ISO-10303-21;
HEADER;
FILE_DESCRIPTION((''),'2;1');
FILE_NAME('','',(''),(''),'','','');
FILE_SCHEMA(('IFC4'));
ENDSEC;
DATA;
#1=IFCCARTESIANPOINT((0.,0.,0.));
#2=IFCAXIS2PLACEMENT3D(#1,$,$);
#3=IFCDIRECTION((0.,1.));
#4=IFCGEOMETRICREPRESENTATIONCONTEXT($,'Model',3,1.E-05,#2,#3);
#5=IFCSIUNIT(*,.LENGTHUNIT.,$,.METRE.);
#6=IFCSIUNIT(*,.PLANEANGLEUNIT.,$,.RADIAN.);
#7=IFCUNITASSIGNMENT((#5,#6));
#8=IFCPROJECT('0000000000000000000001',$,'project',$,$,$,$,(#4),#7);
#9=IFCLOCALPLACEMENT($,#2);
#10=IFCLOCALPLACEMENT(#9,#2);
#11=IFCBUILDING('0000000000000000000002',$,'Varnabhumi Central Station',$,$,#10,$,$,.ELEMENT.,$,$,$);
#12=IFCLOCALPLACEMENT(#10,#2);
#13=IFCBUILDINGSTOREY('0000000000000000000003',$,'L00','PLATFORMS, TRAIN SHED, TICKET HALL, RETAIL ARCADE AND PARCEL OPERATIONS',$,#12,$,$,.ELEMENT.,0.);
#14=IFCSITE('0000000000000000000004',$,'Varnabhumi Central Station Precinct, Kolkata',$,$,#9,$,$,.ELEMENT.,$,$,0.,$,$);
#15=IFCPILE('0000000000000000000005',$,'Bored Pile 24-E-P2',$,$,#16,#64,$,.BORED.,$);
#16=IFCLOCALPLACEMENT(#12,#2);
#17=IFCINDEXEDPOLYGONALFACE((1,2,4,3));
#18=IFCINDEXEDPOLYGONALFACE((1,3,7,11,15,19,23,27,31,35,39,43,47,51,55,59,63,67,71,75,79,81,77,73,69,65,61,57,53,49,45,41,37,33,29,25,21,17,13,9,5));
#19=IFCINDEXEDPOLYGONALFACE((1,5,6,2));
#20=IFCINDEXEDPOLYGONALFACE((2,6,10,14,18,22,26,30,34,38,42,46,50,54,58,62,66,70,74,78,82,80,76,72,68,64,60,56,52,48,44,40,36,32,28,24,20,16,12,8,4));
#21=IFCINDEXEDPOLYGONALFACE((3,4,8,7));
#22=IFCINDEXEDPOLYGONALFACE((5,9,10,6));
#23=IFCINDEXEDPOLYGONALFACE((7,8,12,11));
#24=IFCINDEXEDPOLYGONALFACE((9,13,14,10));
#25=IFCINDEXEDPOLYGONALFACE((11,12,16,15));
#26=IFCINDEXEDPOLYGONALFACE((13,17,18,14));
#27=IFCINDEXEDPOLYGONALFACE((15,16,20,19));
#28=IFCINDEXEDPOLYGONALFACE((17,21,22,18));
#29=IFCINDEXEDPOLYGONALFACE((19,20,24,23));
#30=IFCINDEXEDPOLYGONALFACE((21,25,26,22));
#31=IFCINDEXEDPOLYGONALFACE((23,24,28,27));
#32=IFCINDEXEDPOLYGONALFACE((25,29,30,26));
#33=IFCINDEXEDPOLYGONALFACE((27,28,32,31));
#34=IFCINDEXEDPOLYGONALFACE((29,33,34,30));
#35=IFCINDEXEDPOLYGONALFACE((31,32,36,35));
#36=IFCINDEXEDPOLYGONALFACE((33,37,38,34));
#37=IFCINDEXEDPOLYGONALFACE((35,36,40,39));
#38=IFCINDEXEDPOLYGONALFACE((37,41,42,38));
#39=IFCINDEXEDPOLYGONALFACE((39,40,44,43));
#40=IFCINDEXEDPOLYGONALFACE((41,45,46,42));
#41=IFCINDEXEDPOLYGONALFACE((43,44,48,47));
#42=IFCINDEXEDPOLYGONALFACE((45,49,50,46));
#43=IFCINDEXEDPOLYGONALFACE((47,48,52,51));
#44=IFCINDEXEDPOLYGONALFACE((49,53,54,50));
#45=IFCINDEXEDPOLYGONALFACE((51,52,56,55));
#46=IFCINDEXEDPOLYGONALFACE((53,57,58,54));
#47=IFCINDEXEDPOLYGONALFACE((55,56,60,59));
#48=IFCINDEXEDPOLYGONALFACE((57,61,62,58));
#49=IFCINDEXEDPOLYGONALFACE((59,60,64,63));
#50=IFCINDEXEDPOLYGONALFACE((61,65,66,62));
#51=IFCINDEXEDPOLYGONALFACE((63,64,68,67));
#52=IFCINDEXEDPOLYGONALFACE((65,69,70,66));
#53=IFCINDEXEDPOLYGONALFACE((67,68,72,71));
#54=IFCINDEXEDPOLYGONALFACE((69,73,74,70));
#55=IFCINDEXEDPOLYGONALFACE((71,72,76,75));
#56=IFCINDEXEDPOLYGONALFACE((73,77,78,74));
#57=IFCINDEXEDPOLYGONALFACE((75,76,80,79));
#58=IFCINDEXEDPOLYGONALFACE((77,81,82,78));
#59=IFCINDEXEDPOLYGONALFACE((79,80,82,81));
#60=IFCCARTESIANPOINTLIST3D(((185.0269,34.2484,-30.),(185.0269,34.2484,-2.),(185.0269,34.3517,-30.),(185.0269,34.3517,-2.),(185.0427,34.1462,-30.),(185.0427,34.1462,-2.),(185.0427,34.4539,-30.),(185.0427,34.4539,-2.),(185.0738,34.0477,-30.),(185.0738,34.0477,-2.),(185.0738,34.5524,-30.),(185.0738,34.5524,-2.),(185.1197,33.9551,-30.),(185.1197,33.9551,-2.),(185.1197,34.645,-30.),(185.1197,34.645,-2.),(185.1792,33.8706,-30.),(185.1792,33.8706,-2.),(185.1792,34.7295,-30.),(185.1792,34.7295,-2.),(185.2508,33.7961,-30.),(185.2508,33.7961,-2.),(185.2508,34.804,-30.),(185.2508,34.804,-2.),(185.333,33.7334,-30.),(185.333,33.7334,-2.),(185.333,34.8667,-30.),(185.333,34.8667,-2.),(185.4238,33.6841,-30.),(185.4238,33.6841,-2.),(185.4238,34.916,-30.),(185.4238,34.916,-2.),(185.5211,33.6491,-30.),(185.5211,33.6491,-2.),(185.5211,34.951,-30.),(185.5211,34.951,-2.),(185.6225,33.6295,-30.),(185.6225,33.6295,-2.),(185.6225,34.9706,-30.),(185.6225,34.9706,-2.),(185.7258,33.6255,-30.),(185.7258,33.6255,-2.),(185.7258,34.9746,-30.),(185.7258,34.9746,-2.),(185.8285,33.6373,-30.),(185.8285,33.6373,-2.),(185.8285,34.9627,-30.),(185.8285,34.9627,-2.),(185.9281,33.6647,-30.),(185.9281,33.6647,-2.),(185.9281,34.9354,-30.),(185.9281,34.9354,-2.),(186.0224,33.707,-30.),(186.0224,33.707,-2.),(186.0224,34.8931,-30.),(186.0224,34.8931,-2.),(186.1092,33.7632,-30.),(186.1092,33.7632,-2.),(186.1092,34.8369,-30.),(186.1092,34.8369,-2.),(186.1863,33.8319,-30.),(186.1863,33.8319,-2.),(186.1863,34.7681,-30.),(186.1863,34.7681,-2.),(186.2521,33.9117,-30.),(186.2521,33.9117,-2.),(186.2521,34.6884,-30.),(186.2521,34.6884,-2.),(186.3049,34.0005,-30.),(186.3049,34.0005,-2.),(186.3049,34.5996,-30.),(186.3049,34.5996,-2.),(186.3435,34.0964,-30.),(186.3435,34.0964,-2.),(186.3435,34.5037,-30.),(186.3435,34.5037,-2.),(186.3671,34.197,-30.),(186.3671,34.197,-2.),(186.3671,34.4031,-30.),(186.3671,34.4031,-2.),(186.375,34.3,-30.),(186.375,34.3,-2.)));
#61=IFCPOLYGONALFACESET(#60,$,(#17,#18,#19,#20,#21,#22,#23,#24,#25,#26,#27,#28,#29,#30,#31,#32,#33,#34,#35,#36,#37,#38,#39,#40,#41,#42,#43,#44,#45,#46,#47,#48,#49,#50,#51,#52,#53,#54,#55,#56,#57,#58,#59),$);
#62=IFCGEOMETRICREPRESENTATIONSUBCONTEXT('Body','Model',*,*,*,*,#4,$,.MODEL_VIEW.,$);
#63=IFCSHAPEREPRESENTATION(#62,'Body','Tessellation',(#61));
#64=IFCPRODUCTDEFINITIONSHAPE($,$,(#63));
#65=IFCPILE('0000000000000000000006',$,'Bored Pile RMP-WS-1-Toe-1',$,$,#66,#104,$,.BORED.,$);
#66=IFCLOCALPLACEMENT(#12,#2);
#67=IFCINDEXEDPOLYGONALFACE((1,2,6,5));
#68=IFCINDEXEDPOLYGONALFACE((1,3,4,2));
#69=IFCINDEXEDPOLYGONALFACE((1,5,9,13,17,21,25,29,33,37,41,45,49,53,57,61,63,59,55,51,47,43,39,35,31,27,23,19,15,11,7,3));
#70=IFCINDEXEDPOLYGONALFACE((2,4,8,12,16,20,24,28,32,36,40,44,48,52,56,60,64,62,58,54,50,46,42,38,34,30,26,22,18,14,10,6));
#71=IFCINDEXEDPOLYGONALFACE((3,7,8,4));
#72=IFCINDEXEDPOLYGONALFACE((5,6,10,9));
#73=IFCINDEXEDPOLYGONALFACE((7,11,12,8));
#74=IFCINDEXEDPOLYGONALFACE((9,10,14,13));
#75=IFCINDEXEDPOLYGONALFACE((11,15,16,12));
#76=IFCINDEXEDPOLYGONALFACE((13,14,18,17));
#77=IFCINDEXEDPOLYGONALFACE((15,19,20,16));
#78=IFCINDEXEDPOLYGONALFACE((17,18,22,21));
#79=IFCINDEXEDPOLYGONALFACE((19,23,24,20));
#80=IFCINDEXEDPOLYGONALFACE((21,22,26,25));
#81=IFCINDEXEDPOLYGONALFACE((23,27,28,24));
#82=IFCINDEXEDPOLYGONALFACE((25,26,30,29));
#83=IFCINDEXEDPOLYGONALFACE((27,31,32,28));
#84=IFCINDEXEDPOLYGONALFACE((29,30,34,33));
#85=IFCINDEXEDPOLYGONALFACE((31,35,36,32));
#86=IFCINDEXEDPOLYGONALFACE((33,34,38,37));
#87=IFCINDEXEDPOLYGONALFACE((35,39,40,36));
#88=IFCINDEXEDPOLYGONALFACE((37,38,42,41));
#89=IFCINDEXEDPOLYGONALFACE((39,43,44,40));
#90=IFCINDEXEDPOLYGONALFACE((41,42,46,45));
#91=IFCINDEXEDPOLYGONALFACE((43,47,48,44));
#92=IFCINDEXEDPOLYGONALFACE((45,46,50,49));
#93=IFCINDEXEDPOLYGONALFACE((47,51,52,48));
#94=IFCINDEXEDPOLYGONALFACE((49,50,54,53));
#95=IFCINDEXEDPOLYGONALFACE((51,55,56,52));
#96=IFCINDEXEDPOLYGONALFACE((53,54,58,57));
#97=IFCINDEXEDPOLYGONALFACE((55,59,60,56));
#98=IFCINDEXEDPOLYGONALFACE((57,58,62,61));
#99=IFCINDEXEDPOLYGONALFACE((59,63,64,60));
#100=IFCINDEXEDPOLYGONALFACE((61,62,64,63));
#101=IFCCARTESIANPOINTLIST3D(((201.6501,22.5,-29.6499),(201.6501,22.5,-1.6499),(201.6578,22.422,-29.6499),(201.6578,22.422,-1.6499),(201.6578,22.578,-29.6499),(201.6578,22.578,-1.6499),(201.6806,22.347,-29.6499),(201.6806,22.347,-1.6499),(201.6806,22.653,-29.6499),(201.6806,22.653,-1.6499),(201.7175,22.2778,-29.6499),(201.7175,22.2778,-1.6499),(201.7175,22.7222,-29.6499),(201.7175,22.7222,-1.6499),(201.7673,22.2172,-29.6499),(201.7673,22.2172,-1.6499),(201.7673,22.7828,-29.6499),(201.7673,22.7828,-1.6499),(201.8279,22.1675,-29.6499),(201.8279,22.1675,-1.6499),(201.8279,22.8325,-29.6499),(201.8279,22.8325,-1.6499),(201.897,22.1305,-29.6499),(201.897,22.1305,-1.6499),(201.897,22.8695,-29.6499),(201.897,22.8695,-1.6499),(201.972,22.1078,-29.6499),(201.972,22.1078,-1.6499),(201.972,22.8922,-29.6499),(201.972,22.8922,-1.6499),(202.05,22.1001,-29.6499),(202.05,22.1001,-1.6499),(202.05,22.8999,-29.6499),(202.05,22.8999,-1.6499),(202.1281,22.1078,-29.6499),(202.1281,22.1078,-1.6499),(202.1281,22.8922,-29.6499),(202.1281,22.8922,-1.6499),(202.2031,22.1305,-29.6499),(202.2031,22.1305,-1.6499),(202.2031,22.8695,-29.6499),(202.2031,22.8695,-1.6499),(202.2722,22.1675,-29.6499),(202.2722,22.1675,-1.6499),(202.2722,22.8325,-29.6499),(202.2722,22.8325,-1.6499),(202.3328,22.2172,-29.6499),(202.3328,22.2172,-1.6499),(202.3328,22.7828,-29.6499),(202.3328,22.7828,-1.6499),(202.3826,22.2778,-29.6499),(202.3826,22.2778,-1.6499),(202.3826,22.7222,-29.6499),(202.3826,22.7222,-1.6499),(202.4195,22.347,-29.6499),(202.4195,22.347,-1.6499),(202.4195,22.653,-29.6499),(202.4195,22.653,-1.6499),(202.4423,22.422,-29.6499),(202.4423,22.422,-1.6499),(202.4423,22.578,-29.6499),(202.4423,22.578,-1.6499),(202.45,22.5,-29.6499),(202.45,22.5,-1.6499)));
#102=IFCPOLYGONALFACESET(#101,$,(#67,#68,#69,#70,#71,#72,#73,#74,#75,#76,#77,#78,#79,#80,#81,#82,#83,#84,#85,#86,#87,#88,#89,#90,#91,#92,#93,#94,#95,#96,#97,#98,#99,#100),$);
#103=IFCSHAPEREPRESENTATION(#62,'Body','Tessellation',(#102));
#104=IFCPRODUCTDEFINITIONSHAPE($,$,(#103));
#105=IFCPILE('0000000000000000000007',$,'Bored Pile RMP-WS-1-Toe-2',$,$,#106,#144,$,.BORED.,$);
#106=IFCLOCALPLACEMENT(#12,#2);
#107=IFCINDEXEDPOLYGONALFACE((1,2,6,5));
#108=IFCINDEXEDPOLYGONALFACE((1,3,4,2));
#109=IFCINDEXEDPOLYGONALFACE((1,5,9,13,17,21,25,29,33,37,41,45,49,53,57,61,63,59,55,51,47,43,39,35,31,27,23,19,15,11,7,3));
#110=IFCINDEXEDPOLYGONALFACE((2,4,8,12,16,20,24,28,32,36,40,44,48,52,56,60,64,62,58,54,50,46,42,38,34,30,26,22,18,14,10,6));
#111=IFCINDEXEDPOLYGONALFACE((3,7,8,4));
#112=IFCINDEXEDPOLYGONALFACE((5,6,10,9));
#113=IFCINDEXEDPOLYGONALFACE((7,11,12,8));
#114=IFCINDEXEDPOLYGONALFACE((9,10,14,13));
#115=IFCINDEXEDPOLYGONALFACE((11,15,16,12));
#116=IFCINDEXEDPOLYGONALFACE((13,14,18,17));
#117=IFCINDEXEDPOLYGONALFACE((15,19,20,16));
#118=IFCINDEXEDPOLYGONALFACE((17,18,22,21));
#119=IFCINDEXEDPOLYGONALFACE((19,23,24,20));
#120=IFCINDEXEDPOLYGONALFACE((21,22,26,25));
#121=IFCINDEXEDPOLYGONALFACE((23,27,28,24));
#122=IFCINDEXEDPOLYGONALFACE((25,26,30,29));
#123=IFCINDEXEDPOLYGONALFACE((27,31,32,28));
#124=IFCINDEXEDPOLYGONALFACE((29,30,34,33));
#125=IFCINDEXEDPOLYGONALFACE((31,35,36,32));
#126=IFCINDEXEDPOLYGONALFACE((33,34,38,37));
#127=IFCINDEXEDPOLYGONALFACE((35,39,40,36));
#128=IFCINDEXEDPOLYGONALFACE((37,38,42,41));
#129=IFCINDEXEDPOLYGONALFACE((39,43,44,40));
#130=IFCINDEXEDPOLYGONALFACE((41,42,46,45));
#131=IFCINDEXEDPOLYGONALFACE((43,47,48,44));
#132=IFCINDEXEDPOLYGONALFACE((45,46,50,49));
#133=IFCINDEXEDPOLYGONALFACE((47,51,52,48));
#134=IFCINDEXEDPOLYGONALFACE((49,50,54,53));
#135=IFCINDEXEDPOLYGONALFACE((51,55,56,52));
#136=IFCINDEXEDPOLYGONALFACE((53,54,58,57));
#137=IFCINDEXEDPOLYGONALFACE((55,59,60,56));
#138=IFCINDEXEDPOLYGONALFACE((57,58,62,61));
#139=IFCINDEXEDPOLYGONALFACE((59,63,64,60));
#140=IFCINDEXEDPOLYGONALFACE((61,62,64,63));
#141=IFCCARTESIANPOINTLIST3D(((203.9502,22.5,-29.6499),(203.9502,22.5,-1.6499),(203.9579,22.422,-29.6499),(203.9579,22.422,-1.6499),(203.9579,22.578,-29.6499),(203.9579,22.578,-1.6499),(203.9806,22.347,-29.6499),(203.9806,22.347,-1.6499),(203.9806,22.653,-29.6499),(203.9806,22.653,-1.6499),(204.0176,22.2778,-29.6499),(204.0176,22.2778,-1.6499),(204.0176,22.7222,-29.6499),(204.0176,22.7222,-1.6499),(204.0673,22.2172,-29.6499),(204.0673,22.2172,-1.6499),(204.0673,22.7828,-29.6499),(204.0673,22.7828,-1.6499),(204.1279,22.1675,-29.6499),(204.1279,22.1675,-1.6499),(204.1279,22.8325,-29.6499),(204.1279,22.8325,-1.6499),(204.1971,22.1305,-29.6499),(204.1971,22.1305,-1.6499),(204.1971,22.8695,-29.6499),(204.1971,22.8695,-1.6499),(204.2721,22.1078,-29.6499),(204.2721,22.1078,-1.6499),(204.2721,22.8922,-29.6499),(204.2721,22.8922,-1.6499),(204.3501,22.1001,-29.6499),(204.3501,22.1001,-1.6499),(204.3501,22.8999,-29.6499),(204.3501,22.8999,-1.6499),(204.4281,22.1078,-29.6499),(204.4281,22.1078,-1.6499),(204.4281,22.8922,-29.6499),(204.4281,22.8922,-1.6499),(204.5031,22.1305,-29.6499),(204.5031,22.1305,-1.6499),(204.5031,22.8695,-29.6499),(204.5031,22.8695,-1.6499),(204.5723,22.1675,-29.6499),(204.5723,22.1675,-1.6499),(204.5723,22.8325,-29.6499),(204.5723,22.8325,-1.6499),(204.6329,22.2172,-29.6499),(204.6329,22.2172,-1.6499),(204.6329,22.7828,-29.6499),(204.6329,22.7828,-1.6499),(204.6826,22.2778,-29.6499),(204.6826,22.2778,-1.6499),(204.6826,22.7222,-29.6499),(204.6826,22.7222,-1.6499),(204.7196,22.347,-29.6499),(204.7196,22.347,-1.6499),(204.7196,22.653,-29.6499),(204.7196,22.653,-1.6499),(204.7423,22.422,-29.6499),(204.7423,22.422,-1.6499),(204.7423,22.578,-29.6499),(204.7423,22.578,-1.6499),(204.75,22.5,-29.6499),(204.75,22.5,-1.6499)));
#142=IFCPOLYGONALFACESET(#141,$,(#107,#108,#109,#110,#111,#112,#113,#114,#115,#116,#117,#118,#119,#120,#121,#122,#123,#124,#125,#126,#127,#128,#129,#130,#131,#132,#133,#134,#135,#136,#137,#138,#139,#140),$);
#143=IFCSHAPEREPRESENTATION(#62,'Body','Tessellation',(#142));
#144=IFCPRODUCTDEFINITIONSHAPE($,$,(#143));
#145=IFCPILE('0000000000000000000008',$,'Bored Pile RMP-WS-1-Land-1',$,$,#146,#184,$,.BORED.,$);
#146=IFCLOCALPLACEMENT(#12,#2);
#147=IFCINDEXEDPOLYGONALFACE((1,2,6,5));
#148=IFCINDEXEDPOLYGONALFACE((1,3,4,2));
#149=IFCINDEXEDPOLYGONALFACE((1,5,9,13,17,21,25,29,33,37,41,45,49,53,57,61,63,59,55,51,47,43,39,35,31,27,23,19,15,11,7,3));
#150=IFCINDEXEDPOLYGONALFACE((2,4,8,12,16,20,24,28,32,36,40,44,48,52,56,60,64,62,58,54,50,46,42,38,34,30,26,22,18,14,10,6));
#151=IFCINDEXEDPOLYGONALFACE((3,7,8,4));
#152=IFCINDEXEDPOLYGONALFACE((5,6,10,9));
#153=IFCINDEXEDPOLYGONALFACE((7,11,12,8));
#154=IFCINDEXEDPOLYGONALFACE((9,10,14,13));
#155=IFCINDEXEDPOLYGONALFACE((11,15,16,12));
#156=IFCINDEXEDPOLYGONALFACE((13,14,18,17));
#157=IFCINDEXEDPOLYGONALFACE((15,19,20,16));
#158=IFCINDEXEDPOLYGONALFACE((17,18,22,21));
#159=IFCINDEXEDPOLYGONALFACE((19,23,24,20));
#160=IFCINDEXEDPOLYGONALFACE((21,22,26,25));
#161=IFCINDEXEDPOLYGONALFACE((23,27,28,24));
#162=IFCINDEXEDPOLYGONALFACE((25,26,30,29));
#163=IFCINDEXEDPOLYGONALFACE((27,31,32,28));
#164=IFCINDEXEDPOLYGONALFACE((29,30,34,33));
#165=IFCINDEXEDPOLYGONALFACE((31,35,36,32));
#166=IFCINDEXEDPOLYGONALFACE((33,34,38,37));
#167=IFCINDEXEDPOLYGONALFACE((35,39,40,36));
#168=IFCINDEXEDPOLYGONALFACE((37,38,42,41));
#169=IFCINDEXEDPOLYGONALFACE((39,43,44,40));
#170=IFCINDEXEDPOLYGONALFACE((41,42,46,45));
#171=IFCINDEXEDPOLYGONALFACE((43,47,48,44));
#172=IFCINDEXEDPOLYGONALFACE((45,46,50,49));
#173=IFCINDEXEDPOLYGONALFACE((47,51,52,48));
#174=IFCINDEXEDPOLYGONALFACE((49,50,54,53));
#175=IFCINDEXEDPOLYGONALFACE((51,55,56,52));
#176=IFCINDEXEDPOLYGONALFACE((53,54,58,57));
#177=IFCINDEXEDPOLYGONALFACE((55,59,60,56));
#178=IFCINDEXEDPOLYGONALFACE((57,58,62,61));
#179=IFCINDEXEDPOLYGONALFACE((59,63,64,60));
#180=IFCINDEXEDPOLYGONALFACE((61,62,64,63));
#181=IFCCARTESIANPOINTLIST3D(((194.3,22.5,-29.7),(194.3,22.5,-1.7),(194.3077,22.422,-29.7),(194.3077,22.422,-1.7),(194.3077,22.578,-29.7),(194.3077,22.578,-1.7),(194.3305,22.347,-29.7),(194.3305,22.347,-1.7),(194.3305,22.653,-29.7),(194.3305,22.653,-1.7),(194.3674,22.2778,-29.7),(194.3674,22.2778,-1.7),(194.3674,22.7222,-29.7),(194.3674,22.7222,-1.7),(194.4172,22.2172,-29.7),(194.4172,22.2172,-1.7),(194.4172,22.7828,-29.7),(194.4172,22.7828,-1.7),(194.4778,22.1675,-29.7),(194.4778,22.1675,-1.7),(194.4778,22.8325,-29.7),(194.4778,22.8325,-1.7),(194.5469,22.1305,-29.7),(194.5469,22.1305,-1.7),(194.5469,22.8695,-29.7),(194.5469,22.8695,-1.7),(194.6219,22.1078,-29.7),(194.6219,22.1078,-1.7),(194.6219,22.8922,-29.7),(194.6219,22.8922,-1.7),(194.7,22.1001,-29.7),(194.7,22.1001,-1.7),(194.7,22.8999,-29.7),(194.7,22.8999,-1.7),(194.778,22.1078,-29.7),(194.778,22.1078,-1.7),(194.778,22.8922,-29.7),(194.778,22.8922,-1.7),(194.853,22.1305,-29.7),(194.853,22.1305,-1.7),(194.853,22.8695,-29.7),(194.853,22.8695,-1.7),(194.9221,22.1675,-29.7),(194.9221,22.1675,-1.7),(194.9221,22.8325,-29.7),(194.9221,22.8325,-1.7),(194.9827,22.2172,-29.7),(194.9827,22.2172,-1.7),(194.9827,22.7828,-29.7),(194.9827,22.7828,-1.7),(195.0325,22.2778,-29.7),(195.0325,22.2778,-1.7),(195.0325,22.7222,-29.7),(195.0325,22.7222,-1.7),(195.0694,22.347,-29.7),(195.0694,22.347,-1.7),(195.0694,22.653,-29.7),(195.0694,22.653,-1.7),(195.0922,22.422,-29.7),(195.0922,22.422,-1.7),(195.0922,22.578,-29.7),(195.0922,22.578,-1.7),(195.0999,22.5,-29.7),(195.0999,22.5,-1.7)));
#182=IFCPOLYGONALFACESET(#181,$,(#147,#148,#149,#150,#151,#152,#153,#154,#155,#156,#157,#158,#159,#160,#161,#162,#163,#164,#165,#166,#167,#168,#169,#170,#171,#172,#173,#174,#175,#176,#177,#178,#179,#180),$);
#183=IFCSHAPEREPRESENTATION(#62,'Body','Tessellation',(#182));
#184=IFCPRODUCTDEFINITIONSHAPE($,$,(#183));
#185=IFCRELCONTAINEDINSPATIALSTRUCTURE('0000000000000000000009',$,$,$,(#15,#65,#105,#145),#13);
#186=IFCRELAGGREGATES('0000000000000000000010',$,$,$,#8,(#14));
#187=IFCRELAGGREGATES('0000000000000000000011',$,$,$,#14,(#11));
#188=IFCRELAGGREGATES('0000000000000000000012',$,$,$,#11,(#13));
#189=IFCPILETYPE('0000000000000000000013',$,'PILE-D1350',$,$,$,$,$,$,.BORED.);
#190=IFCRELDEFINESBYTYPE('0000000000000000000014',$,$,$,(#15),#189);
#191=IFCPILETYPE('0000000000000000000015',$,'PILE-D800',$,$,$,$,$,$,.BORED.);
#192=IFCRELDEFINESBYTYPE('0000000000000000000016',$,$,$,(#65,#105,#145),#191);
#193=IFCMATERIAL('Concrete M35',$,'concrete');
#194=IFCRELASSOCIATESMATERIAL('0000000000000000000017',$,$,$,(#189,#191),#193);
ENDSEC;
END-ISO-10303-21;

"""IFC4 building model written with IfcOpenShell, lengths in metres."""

from ifc_helpers import new_model, si_unit, direction, frame, origin, origin_2d, place, context, subcontext, project, spatial, circle, extrude, material, material_profile, profile_set, type_object, element, save


model = new_model("IFC4")

# Units and contexts
model_context = context("Model", 3, precision=1e-05, world=origin(), true_north=direction((0.0, 1.0)))
body_context = subcontext(model_context, "Body", "Model", "MODEL_VIEW")
ifc_project = project(units=[si_unit("LENGTHUNIT", "METRE"), si_unit("PLANEANGLEUNIT", "RADIAN")], contexts=[model_context])

# Site, building, storey
site_placement = place(None, origin())
site = spatial("IfcSite", under=ifc_project, at=site_placement, Name="Varnabhumi Central Station Precinct, Kolkata", CompositionType="ELEMENT", RefElevation=0.0)
building_placement = place(site_placement, origin())
building = spatial("IfcBuilding", under=site, at=building_placement, Name="Varnabhumi Central Station", CompositionType="ELEMENT")
storey_placement = place(building_placement, origin())
storey = spatial("IfcBuildingStorey", under=building, at=storey_placement, Name="L00", Description="PLATFORMS, TRAIN SHED, TICKET HALL, RETAIL ARCADE AND PARCEL OPERATIONS", CompositionType="ELEMENT", Elevation=0.0)

# Piles
ifc_material_1 = material(Name="Concrete M35", Category="concrete")
ifc_material_profile_1 = material_profile(ifc_material_1, circle(Radius=0.675, at=origin_2d()), Name="Concrete M35", Category="concrete")
ifc_profile_set_1 = profile_set([ifc_material_profile_1], Name="Concrete M35")
pile_type_1 = type_object("IfcPileType", Name="PILE-D1350", PredefinedType="BORED", material=ifc_profile_set_1)
pile_placement = place(storey_placement, frame((185.7, 34.3, -2.0), z_axis=(0.0, 0.0, -1.0), x_axis=(1.0, 0.0, 0.0)))
element("IfcPile", 1, at=pile_placement, inside=storey, type_object=pile_type_1, Name="Bored Pile 24-E-P2", PredefinedType="BORED", context=body_context, shape_type="SweptSolid", body=[
    extrude(circle(Radius=0.675, at=origin_2d()), origin(), (0.0, 0.0, 1.0), 28.0),
])
ifc_material_profile_2 = material_profile(ifc_material_1, circle(Radius=0.3999, at=origin_2d()), Name="Concrete M35", Category="concrete")
ifc_profile_set_2 = profile_set([ifc_material_profile_2], Name="Concrete M35")
pile_type_2 = type_object("IfcPileType", Name="PILE-D800", PredefinedType="BORED", material=ifc_profile_set_2)
for number, where, z_axis, x_axis, name in (
    (2, (202.05, 22.5, -1.6499), (0.0, 0.0, -1.0), (1.0, 0.0, 0.0), "Bored Pile RMP-WS-1-Toe-1"),
    (3, (204.3501, 22.5, -1.6499), (0.0, 0.0, -1.0), (1.0, 0.0, 0.0), "Bored Pile RMP-WS-1-Toe-2"),
    (4, (194.7, 22.5, -1.7), (0.0, 0.0, -1.0), (1.0, 0.0, 0.0), "Bored Pile RMP-WS-1-Land-1"),
):
    element("IfcPile", number, at=place(storey_placement, frame(where, z_axis=z_axis, x_axis=x_axis)), inside=storey, type_object=pile_type_2, Name=name, PredefinedType="BORED", context=body_context, shape_type="SweptSolid", body=[
        extrude(circle(Radius=0.3999, at=origin_2d()), origin(), (0.0, 0.0, 1.0), 28.0),
    ])

save(model, "model.ifc")
